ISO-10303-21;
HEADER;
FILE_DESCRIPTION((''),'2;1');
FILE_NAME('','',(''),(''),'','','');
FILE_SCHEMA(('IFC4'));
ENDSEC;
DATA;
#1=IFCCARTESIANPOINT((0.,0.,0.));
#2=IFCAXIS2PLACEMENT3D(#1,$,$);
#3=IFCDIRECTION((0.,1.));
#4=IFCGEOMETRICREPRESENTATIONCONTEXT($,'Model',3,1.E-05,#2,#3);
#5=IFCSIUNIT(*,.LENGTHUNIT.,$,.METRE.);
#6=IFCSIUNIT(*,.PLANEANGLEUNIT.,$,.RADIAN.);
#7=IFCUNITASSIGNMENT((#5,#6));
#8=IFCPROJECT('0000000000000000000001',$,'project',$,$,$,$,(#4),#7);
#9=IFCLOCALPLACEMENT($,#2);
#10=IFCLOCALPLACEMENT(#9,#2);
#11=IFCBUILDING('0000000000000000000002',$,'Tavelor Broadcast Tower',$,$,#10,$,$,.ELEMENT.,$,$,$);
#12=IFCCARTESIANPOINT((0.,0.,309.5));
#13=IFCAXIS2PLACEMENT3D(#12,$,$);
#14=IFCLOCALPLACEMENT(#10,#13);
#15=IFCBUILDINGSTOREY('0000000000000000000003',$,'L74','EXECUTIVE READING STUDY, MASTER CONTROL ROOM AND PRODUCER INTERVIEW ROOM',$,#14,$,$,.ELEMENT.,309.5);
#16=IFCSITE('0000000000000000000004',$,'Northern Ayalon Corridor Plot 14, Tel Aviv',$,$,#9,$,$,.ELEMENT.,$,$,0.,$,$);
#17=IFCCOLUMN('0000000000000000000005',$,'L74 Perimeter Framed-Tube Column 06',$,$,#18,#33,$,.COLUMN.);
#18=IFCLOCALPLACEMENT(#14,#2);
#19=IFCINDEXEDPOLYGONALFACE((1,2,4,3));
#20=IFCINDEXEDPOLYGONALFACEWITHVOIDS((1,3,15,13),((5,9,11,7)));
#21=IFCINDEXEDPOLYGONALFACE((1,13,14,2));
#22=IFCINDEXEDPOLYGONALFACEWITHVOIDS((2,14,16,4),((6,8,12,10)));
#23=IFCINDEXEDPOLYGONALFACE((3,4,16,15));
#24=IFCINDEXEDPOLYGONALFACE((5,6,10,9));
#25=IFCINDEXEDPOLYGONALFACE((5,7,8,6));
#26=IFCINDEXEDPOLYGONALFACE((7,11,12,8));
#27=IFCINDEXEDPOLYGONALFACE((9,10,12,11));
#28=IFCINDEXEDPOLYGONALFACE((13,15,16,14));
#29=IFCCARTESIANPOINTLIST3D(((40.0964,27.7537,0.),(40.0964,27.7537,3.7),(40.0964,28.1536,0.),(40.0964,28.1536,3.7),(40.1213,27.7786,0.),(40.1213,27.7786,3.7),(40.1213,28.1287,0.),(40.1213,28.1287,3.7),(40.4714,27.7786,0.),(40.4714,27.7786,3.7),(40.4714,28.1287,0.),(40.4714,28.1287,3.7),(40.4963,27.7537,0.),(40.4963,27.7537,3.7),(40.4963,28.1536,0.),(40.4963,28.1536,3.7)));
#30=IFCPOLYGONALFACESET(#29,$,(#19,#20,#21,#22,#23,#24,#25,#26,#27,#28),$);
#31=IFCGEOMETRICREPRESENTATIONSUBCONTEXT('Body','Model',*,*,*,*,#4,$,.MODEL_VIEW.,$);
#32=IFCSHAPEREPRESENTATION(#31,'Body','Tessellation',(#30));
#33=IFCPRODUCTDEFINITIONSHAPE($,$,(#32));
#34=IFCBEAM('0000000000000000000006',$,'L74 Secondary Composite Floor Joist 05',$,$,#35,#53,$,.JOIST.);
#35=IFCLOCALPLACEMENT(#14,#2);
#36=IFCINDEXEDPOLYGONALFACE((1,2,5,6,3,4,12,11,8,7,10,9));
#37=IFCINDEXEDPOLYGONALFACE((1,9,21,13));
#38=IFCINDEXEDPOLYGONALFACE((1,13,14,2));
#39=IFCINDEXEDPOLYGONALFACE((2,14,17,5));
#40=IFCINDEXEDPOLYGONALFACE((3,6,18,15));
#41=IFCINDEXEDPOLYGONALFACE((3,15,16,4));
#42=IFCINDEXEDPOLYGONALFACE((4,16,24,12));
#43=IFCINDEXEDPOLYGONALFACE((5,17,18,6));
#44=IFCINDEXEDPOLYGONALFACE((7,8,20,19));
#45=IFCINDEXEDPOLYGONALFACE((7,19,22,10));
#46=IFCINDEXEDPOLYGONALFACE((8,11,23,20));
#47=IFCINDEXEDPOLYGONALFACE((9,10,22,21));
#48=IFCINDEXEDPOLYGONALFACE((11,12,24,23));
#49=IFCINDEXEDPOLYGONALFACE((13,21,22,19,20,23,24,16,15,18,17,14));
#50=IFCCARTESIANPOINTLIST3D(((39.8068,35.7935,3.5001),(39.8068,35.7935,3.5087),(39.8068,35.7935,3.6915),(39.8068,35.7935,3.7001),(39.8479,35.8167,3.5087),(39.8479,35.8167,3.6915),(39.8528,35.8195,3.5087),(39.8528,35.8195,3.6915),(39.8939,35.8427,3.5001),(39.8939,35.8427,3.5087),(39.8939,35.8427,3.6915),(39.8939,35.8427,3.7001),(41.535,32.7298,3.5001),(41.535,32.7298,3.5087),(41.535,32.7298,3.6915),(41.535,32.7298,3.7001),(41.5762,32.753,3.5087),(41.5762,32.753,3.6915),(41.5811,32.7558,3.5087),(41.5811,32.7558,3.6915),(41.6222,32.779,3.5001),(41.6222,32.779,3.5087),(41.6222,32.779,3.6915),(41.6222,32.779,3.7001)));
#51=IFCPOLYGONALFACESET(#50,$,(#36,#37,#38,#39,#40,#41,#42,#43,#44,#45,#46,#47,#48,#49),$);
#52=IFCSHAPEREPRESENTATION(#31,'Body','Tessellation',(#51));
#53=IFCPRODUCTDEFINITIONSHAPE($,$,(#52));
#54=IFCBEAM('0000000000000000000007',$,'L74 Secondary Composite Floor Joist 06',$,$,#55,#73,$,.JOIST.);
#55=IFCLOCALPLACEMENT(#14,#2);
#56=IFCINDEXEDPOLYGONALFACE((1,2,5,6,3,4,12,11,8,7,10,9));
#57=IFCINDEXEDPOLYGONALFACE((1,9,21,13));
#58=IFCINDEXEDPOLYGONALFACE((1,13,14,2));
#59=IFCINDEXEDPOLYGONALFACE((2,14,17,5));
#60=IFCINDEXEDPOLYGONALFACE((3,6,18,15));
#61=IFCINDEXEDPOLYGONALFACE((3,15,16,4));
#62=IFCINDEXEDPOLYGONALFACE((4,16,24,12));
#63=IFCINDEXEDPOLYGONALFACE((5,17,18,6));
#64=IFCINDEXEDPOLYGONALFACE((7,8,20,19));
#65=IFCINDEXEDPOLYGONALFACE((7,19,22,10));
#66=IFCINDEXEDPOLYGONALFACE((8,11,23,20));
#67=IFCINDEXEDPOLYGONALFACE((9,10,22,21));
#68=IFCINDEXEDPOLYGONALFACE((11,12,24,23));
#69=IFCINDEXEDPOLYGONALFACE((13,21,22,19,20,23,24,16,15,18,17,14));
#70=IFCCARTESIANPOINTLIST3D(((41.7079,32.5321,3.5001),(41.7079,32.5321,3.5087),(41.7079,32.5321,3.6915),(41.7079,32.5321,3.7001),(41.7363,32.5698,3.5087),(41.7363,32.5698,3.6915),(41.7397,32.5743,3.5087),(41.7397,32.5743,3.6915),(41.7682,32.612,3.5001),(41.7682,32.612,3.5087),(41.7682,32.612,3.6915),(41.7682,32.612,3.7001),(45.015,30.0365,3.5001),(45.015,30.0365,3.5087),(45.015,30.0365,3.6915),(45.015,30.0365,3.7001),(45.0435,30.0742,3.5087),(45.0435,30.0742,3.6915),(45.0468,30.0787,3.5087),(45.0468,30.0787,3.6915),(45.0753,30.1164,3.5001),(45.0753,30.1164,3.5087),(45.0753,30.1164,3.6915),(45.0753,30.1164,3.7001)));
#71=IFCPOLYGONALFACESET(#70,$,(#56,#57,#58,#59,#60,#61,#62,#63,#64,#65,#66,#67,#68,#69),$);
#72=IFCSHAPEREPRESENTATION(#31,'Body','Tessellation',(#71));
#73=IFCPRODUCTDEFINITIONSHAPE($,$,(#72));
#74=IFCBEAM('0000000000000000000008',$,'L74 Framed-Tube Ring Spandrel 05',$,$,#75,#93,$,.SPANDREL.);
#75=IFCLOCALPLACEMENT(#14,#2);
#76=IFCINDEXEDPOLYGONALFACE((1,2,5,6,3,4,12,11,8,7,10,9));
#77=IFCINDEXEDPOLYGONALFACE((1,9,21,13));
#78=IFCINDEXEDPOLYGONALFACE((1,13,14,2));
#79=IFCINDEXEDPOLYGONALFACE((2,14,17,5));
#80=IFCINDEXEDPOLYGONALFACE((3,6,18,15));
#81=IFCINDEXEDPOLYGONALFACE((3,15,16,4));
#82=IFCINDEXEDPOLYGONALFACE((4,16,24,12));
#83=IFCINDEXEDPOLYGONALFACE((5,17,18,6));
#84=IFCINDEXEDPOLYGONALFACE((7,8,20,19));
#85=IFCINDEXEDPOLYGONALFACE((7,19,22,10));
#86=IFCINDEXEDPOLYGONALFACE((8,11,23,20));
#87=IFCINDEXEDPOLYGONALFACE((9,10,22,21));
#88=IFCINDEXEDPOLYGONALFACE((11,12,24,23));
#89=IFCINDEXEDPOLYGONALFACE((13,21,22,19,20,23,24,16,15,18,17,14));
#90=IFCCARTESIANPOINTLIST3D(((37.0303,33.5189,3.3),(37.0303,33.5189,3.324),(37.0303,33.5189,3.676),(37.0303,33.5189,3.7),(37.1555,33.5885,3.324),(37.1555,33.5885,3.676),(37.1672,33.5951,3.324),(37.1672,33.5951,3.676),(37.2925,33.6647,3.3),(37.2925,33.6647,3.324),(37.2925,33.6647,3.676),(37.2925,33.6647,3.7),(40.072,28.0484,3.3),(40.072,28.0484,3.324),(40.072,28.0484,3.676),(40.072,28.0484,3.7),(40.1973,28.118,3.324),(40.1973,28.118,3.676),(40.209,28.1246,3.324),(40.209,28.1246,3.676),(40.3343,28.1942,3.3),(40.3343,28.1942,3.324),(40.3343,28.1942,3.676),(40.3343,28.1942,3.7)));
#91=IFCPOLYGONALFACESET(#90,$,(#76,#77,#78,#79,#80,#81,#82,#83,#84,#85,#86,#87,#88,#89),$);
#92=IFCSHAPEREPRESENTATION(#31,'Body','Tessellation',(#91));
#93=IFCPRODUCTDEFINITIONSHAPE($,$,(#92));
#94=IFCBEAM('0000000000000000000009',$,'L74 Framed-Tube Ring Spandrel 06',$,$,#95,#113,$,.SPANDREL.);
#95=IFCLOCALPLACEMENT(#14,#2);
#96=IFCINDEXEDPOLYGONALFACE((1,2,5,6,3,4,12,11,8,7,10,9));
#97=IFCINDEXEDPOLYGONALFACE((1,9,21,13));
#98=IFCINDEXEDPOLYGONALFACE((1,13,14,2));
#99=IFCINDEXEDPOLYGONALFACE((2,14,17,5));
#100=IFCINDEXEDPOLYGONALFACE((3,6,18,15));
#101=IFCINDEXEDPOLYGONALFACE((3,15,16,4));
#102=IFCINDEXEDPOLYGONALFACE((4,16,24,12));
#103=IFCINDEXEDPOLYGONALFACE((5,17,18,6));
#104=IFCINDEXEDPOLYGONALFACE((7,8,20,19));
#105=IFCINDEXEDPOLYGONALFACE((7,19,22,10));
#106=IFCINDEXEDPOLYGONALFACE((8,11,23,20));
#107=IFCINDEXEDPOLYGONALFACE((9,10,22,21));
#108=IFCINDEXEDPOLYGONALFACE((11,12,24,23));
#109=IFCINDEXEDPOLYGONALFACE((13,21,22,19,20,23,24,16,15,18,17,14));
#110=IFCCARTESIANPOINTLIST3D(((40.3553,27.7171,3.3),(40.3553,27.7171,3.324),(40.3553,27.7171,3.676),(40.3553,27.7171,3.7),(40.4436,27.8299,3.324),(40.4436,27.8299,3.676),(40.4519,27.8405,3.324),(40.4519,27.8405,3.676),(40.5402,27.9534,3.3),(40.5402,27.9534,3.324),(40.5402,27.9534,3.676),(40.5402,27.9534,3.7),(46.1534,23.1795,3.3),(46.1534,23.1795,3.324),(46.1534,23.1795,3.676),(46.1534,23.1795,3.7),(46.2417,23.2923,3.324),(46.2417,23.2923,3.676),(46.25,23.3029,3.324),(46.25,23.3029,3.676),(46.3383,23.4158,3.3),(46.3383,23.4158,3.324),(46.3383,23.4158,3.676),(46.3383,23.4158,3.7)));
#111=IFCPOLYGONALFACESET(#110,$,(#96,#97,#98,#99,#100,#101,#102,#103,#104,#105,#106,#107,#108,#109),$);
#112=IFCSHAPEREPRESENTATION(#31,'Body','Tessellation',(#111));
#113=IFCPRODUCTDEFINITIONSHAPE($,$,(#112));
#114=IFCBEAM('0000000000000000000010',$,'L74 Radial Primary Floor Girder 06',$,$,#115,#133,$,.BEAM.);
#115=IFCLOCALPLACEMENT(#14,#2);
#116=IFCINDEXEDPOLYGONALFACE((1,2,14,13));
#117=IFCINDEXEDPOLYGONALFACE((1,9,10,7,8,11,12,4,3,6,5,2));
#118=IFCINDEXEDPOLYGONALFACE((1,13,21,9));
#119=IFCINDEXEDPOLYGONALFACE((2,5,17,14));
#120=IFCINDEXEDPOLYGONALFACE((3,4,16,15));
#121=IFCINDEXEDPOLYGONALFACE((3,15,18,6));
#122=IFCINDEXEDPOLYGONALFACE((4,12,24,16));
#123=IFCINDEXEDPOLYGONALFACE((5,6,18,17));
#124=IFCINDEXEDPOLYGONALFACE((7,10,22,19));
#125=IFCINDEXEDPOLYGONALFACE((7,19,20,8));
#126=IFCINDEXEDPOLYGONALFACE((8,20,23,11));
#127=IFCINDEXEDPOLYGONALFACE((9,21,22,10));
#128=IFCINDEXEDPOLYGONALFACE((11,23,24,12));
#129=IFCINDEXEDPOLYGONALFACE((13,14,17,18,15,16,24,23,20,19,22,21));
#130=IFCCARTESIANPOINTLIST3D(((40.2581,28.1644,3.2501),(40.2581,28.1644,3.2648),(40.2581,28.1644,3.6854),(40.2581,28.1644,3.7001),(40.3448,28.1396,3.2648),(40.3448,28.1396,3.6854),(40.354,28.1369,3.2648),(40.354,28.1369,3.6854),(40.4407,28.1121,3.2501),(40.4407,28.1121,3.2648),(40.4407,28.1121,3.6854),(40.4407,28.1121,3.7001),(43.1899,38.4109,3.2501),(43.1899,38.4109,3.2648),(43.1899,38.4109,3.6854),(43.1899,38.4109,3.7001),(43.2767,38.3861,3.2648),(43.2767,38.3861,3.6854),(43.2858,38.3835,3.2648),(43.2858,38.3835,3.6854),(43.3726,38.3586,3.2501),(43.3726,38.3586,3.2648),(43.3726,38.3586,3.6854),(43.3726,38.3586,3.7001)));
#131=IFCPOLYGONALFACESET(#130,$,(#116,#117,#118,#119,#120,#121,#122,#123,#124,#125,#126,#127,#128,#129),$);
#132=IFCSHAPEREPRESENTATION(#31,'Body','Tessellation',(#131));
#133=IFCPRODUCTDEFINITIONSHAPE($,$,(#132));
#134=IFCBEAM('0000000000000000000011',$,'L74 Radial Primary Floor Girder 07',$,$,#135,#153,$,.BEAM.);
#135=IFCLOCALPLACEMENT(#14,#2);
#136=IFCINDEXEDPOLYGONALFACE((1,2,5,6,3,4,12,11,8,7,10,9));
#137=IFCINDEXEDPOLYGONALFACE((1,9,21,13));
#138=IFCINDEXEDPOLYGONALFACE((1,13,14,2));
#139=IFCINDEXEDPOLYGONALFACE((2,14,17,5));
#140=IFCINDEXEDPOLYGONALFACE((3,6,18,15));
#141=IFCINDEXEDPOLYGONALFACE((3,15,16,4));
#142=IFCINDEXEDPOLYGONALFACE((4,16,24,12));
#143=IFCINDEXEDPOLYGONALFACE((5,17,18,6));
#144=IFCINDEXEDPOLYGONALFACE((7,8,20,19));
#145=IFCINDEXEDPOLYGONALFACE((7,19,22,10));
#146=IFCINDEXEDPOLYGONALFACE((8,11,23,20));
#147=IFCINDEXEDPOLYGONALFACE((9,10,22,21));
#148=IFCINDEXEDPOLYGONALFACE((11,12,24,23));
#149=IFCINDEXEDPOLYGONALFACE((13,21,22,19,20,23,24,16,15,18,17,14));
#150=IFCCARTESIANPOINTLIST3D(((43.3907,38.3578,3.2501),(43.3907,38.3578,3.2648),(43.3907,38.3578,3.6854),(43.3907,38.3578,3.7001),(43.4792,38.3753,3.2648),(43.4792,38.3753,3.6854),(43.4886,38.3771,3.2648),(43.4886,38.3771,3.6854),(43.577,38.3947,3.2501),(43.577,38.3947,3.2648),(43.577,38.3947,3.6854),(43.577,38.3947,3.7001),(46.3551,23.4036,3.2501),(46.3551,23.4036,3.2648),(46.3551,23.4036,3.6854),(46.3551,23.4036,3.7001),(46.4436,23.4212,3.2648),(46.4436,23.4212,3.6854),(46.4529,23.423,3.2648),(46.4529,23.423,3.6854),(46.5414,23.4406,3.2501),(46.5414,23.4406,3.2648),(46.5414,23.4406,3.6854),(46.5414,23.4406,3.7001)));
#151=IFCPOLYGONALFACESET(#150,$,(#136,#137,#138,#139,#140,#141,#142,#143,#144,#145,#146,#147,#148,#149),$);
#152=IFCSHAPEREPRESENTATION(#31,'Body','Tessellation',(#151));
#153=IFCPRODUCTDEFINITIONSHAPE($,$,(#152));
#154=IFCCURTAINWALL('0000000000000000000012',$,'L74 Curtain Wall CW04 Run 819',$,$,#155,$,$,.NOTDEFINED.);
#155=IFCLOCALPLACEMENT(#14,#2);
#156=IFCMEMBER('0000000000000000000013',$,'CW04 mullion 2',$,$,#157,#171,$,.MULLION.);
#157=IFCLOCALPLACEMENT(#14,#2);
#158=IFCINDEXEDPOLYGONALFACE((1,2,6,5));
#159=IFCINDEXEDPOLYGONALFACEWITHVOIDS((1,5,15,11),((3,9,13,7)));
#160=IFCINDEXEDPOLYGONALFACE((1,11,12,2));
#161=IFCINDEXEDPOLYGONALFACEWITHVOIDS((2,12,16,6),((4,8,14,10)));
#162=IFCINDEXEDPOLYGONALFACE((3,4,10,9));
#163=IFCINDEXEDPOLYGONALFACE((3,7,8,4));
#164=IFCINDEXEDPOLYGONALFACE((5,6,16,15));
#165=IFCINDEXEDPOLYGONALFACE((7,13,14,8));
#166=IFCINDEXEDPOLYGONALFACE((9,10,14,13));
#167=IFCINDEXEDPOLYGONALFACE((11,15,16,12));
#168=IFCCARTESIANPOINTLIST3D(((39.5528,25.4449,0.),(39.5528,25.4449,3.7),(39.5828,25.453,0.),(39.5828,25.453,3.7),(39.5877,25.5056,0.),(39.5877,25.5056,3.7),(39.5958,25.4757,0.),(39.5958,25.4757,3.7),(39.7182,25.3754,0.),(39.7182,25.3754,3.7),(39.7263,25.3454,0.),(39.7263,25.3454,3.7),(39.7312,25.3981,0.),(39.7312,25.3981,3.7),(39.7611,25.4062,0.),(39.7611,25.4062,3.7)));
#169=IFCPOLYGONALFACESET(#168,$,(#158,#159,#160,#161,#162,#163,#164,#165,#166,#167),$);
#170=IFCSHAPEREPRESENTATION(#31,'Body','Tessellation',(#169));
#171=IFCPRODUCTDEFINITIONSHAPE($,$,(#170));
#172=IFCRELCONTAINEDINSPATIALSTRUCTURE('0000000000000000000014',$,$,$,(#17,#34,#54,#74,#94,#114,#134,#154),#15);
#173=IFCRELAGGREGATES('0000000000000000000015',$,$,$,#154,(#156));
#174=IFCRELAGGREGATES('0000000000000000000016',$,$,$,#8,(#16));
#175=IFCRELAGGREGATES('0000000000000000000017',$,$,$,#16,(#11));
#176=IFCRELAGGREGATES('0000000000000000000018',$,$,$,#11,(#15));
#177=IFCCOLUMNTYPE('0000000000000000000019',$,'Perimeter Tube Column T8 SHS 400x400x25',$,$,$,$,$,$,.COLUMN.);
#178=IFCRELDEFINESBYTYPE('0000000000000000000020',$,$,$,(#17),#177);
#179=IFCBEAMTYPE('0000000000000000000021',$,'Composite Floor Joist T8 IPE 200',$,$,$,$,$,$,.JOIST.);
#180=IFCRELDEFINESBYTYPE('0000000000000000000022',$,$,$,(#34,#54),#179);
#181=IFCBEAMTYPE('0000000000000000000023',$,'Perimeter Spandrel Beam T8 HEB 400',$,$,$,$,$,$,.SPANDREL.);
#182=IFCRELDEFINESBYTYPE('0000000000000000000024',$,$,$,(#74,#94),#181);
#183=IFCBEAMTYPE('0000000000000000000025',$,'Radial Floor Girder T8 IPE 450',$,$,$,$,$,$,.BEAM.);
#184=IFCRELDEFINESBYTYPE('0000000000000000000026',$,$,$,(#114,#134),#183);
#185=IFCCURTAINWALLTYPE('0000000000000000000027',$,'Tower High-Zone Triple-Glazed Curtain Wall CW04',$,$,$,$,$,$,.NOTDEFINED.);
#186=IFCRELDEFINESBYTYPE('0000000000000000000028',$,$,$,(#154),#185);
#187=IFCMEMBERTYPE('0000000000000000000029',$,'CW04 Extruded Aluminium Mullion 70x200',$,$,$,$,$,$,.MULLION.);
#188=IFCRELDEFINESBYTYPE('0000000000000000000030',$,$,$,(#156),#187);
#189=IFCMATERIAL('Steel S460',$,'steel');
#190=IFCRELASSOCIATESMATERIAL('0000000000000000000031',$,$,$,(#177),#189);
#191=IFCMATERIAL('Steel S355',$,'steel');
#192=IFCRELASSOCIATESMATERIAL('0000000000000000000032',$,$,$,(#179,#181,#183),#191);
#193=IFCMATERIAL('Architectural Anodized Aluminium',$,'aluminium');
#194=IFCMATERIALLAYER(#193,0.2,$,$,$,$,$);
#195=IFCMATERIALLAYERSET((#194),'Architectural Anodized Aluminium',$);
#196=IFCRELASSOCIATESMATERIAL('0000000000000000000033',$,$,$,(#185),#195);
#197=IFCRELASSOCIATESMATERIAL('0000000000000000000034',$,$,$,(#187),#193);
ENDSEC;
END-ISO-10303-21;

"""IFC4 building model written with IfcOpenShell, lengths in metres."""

from ifc_helpers import new_model, si_unit, direction, frame, origin, origin_2d, place, context, subcontext, project, spatial, hollow_rectangle, i_section, extrude, source, transform, mapped, material, layer, layer_set, material_profile, profile_set, type_object, type_shapes, element, aggregate, save


model = new_model("IFC4")

# Units and contexts
model_context = context("Model", 3, precision=1e-05, world=origin(), true_north=direction((0.0, 1.0)))
body_context = subcontext(model_context, "Body", "Model", "MODEL_VIEW")
ifc_project = project(units=[si_unit("LENGTHUNIT", "METRE"), si_unit("PLANEANGLEUNIT", "RADIAN")], contexts=[model_context])

# Site, building, storey
site_placement = place(None, origin())
site = spatial("IfcSite", under=ifc_project, at=site_placement, Name="Northern Ayalon Corridor Plot 14, Tel Aviv", CompositionType="ELEMENT", RefElevation=0.0)
building_placement = place(site_placement, origin())
building = spatial("IfcBuilding", under=site, at=building_placement, Name="Tavelor Broadcast Tower", CompositionType="ELEMENT")
storey_placement = place(building_placement, frame((0.0, 0.0, 309.5)))
storey = spatial("IfcBuildingStorey", under=building, at=storey_placement, Name="L74", Description="EXECUTIVE READING STUDY, MASTER CONTROL ROOM AND PRODUCER INTERVIEW ROOM", CompositionType="ELEMENT", Elevation=309.5)

# Column
ifc_material_1 = material(Name="Steel S460", Category="steel")
ifc_material_profile_1 = material_profile(ifc_material_1, hollow_rectangle(XDim=0.3999, YDim=0.3999, WallThickness=0.0249, at=origin_2d()), Name="SHS 400x400x25")
ifc_profile_set_1 = profile_set([ifc_material_profile_1], Name="Steel S460")
column_type = type_object("IfcColumnType", Name="Perimeter Tube Column T8 SHS 400x400x25", PredefinedType="COLUMN", material=ifc_profile_set_1)
column_placement = place(storey_placement, frame((40.2964, 27.9536, 0.0), z_axis=(0.0, 0.0, 1.0), x_axis=(1.0, 0.0, 0.0)))
element("IfcColumn", 1, at=column_placement, inside=storey, type_object=column_type, Name="L74 Perimeter Framed-Tube Column 06", PredefinedType="COLUMN", context=body_context, shape_type="SweptSolid", body=[
    extrude(hollow_rectangle(XDim=0.3999, YDim=0.3999, WallThickness=0.0249, at=origin_2d()), origin(), (0.0, 0.0, 1.0), 3.7),
])

# Beams
ifc_material_2 = material(Name="Steel S355", Category="steel")
ifc_material_profile_2 = material_profile(ifc_material_2, i_section(OverallWidth=0.1001, OverallDepth=0.2, WebThickness=0.0056, FlangeThickness=0.0085, at=origin_2d()), Name="IPE 200")
ifc_profile_set_2 = profile_set([ifc_material_profile_2], Name="Steel S355")
beam_type_1 = type_object("IfcBeamType", Name="Composite Floor Joist T8 IPE 200", PredefinedType="JOIST", material=ifc_profile_set_2)
beam_1_placement = place(storey_placement, frame((39.8503, 35.8181, 3.6001), z_axis=(0.491325, -0.870976, 0.0), x_axis=(0.870976, 0.491325, 0.0)))
element("IfcBeam", 2, at=beam_1_placement, inside=storey, type_object=beam_type_1, Name="L74 Secondary Composite Floor Joist 05", PredefinedType="JOIST", context=body_context, shape_type="SweptSolid", body=[
    extrude(i_section(OverallWidth=0.1001, OverallDepth=0.2, WebThickness=0.0056, FlangeThickness=0.0085, at=origin_2d()), origin(), (0.0, 0.0, 1.0), 3.5176),
])
beam_2_placement = place(storey_placement, frame((41.738, 32.572, 3.6001), z_axis=(0.798229, -0.602354, 0.0), x_axis=(0.602354, 0.798229, 0.0)))
element("IfcBeam", 3, at=beam_2_placement, inside=storey, type_object=beam_type_1, Name="L74 Secondary Composite Floor Joist 06", PredefinedType="JOIST", context=body_context, shape_type="SweptSolid", body=[
    extrude(i_section(OverallWidth=0.1001, OverallDepth=0.2, WebThickness=0.0056, FlangeThickness=0.0085, at=origin_2d()), origin(), (0.0, 0.0, 1.0), 4.1431),
])
ifc_material_profile_3 = material_profile(ifc_material_2, i_section(OverallWidth=0.3, OverallDepth=0.3999, WebThickness=0.0134, FlangeThickness=0.0239, at=origin_2d()), Name="HEB 400")
ifc_profile_set_3 = profile_set([ifc_material_profile_3], Name="Steel S355")
beam_type_2 = type_object("IfcBeamType", Name="Perimeter Spandrel Beam T8 HEB 400", PredefinedType="SPANDREL", material=ifc_profile_set_3)
beam_3_placement = place(storey_placement, frame((37.1614, 33.5918, 3.5), z_axis=(0.485961, -0.873981, 0.0), x_axis=(0.873981, 0.485961, 0.0)))
element("IfcBeam", 4, at=beam_3_placement, inside=storey, type_object=beam_type_2, Name="L74 Framed-Tube Ring Spandrel 05", PredefinedType="SPANDREL", context=body_context, shape_type="SweptSolid", body=[
    extrude(i_section(OverallWidth=0.3, OverallDepth=0.3999, WebThickness=0.0134, FlangeThickness=0.0239, at=origin_2d()), origin(), (0.0, 0.0, 1.0), 6.2593),
])
beam_4_placement = place(storey_placement, frame((40.4478, 27.8352, 3.5), z_axis=(0.787508, -0.616305, 0.0), x_axis=(0.616305, 0.787508, 0.0)))
element("IfcBeam", 5, at=beam_4_placement, inside=storey, type_object=beam_type_2, Name="L74 Framed-Tube Ring Spandrel 06", PredefinedType="SPANDREL", context=body_context, shape_type="SweptSolid", body=[
    extrude(i_section(OverallWidth=0.3, OverallDepth=0.3999, WebThickness=0.0134, FlangeThickness=0.0239, at=origin_2d()), origin(), (0.0, 0.0, 1.0), 7.3625),
])
ifc_material_profile_4 = material_profile(ifc_material_2, i_section(OverallWidth=0.1899, OverallDepth=0.45, WebThickness=0.0095, FlangeThickness=0.0146, at=origin_2d()), Name="IPE 450")
ifc_profile_set_4 = profile_set([ifc_material_profile_4], Name="Steel S355")
beam_type_3 = type_object("IfcBeamType", Name="Radial Floor Girder T8 IPE 450", PredefinedType="BEAM", material=ifc_profile_set_4)
beam_5_placement = place(storey_placement, frame((43.2812, 38.3848, 3.4751), z_axis=(-0.275093, -0.961418, 0.0), x_axis=(0.961418, -0.275093, 0.0)))
element("IfcBeam", 6, at=beam_5_placement, inside=storey, type_object=beam_type_3, Name="L74 Radial Primary Floor Girder 06", PredefinedType="BEAM", context=body_context, shape_type="SweptSolid", body=[
    extrude(i_section(OverallWidth=0.1899, OverallDepth=0.45, WebThickness=0.0095, FlangeThickness=0.0146, at=origin_2d()), origin(), (0.0, 0.0, 1.0), 10.6577),
])
beam_6_placement = place(storey_placement, frame((43.4839, 38.3762, 3.4751), z_axis=(0.194447, -0.980913, 0.0), x_axis=(0.980913, 0.194447, 0.0)))
element("IfcBeam", 7, at=beam_6_placement, inside=storey, type_object=beam_type_3, Name="L74 Radial Primary Floor Girder 07", PredefinedType="BEAM", context=body_context, shape_type="SweptSolid", body=[
    extrude(i_section(OverallWidth=0.1899, OverallDepth=0.45, WebThickness=0.0095, FlangeThickness=0.0146, at=origin_2d()), origin(), (0.0, 0.0, 1.0), 15.2451),
])

# Curtain wall, member
ifc_material_3 = material(Name="Architectural Anodized Aluminium", Category="aluminium")
ifc_layer_1 = layer(ifc_material_3, 0.2)
ifc_layer_set_1 = layer_set([ifc_layer_1], Name="Architectural Anodized Aluminium")
curtain_wall_type = type_object("IfcCurtainWallType", Name="Tower High-Zone Triple-Glazed Curtain Wall CW04", PredefinedType="NOTDEFINED", material=ifc_layer_set_1)
curtain_wall_1_placement = place(storey_placement, origin())
curtain_wall_1 = element("IfcCurtainWall", 8, at=curtain_wall_1_placement, inside=storey, type_object=curtain_wall_type, Name="L74 Curtain Wall CW04 Run 819", PredefinedType="NOTDEFINED")
ifc_material_profile_5 = material_profile(ifc_material_3, hollow_rectangle(XDim=0.0701, YDim=0.2, WallThickness=0.022, at=origin_2d()), Name="RHS 70x200x22")
ifc_profile_set_5 = profile_set([ifc_material_profile_5], Name="Architectural Anodized Aluminium")
member_type_1 = type_object("IfcMemberType", Name="CW04 Extruded Aluminium Mullion 70x200", PredefinedType="MULLION", material=ifc_profile_set_5)
shared_shape_1 = source(origin(), body_context, "Body", "SweptSolid", [
    extrude(hollow_rectangle(XDim=0.0701, YDim=0.2, WallThickness=0.022, at=origin_2d()), origin(), (0.0, 0.0, 1.0), 3.7),
])
type_shapes(member_type_1, [shared_shape_1])
member_1_placement = place(storey_placement, frame((39.657, 25.4255, 0.0), z_axis=(0.0, 0.0, 1.0), x_axis=(0.497272, 0.867595, 0.0)))
member_1 = element("IfcMember", 9, at=member_1_placement, type_object=member_type_1, Name="CW04 mullion 2", PredefinedType="MULLION", context=body_context, shape_type="MappedRepresentation", body=[
    mapped(shared_shape_1, transform((0.0, 0.0, 0.0), scale=1.0)),
])
aggregate(curtain_wall_1, [member_1])

save(model, "model.ifc")
